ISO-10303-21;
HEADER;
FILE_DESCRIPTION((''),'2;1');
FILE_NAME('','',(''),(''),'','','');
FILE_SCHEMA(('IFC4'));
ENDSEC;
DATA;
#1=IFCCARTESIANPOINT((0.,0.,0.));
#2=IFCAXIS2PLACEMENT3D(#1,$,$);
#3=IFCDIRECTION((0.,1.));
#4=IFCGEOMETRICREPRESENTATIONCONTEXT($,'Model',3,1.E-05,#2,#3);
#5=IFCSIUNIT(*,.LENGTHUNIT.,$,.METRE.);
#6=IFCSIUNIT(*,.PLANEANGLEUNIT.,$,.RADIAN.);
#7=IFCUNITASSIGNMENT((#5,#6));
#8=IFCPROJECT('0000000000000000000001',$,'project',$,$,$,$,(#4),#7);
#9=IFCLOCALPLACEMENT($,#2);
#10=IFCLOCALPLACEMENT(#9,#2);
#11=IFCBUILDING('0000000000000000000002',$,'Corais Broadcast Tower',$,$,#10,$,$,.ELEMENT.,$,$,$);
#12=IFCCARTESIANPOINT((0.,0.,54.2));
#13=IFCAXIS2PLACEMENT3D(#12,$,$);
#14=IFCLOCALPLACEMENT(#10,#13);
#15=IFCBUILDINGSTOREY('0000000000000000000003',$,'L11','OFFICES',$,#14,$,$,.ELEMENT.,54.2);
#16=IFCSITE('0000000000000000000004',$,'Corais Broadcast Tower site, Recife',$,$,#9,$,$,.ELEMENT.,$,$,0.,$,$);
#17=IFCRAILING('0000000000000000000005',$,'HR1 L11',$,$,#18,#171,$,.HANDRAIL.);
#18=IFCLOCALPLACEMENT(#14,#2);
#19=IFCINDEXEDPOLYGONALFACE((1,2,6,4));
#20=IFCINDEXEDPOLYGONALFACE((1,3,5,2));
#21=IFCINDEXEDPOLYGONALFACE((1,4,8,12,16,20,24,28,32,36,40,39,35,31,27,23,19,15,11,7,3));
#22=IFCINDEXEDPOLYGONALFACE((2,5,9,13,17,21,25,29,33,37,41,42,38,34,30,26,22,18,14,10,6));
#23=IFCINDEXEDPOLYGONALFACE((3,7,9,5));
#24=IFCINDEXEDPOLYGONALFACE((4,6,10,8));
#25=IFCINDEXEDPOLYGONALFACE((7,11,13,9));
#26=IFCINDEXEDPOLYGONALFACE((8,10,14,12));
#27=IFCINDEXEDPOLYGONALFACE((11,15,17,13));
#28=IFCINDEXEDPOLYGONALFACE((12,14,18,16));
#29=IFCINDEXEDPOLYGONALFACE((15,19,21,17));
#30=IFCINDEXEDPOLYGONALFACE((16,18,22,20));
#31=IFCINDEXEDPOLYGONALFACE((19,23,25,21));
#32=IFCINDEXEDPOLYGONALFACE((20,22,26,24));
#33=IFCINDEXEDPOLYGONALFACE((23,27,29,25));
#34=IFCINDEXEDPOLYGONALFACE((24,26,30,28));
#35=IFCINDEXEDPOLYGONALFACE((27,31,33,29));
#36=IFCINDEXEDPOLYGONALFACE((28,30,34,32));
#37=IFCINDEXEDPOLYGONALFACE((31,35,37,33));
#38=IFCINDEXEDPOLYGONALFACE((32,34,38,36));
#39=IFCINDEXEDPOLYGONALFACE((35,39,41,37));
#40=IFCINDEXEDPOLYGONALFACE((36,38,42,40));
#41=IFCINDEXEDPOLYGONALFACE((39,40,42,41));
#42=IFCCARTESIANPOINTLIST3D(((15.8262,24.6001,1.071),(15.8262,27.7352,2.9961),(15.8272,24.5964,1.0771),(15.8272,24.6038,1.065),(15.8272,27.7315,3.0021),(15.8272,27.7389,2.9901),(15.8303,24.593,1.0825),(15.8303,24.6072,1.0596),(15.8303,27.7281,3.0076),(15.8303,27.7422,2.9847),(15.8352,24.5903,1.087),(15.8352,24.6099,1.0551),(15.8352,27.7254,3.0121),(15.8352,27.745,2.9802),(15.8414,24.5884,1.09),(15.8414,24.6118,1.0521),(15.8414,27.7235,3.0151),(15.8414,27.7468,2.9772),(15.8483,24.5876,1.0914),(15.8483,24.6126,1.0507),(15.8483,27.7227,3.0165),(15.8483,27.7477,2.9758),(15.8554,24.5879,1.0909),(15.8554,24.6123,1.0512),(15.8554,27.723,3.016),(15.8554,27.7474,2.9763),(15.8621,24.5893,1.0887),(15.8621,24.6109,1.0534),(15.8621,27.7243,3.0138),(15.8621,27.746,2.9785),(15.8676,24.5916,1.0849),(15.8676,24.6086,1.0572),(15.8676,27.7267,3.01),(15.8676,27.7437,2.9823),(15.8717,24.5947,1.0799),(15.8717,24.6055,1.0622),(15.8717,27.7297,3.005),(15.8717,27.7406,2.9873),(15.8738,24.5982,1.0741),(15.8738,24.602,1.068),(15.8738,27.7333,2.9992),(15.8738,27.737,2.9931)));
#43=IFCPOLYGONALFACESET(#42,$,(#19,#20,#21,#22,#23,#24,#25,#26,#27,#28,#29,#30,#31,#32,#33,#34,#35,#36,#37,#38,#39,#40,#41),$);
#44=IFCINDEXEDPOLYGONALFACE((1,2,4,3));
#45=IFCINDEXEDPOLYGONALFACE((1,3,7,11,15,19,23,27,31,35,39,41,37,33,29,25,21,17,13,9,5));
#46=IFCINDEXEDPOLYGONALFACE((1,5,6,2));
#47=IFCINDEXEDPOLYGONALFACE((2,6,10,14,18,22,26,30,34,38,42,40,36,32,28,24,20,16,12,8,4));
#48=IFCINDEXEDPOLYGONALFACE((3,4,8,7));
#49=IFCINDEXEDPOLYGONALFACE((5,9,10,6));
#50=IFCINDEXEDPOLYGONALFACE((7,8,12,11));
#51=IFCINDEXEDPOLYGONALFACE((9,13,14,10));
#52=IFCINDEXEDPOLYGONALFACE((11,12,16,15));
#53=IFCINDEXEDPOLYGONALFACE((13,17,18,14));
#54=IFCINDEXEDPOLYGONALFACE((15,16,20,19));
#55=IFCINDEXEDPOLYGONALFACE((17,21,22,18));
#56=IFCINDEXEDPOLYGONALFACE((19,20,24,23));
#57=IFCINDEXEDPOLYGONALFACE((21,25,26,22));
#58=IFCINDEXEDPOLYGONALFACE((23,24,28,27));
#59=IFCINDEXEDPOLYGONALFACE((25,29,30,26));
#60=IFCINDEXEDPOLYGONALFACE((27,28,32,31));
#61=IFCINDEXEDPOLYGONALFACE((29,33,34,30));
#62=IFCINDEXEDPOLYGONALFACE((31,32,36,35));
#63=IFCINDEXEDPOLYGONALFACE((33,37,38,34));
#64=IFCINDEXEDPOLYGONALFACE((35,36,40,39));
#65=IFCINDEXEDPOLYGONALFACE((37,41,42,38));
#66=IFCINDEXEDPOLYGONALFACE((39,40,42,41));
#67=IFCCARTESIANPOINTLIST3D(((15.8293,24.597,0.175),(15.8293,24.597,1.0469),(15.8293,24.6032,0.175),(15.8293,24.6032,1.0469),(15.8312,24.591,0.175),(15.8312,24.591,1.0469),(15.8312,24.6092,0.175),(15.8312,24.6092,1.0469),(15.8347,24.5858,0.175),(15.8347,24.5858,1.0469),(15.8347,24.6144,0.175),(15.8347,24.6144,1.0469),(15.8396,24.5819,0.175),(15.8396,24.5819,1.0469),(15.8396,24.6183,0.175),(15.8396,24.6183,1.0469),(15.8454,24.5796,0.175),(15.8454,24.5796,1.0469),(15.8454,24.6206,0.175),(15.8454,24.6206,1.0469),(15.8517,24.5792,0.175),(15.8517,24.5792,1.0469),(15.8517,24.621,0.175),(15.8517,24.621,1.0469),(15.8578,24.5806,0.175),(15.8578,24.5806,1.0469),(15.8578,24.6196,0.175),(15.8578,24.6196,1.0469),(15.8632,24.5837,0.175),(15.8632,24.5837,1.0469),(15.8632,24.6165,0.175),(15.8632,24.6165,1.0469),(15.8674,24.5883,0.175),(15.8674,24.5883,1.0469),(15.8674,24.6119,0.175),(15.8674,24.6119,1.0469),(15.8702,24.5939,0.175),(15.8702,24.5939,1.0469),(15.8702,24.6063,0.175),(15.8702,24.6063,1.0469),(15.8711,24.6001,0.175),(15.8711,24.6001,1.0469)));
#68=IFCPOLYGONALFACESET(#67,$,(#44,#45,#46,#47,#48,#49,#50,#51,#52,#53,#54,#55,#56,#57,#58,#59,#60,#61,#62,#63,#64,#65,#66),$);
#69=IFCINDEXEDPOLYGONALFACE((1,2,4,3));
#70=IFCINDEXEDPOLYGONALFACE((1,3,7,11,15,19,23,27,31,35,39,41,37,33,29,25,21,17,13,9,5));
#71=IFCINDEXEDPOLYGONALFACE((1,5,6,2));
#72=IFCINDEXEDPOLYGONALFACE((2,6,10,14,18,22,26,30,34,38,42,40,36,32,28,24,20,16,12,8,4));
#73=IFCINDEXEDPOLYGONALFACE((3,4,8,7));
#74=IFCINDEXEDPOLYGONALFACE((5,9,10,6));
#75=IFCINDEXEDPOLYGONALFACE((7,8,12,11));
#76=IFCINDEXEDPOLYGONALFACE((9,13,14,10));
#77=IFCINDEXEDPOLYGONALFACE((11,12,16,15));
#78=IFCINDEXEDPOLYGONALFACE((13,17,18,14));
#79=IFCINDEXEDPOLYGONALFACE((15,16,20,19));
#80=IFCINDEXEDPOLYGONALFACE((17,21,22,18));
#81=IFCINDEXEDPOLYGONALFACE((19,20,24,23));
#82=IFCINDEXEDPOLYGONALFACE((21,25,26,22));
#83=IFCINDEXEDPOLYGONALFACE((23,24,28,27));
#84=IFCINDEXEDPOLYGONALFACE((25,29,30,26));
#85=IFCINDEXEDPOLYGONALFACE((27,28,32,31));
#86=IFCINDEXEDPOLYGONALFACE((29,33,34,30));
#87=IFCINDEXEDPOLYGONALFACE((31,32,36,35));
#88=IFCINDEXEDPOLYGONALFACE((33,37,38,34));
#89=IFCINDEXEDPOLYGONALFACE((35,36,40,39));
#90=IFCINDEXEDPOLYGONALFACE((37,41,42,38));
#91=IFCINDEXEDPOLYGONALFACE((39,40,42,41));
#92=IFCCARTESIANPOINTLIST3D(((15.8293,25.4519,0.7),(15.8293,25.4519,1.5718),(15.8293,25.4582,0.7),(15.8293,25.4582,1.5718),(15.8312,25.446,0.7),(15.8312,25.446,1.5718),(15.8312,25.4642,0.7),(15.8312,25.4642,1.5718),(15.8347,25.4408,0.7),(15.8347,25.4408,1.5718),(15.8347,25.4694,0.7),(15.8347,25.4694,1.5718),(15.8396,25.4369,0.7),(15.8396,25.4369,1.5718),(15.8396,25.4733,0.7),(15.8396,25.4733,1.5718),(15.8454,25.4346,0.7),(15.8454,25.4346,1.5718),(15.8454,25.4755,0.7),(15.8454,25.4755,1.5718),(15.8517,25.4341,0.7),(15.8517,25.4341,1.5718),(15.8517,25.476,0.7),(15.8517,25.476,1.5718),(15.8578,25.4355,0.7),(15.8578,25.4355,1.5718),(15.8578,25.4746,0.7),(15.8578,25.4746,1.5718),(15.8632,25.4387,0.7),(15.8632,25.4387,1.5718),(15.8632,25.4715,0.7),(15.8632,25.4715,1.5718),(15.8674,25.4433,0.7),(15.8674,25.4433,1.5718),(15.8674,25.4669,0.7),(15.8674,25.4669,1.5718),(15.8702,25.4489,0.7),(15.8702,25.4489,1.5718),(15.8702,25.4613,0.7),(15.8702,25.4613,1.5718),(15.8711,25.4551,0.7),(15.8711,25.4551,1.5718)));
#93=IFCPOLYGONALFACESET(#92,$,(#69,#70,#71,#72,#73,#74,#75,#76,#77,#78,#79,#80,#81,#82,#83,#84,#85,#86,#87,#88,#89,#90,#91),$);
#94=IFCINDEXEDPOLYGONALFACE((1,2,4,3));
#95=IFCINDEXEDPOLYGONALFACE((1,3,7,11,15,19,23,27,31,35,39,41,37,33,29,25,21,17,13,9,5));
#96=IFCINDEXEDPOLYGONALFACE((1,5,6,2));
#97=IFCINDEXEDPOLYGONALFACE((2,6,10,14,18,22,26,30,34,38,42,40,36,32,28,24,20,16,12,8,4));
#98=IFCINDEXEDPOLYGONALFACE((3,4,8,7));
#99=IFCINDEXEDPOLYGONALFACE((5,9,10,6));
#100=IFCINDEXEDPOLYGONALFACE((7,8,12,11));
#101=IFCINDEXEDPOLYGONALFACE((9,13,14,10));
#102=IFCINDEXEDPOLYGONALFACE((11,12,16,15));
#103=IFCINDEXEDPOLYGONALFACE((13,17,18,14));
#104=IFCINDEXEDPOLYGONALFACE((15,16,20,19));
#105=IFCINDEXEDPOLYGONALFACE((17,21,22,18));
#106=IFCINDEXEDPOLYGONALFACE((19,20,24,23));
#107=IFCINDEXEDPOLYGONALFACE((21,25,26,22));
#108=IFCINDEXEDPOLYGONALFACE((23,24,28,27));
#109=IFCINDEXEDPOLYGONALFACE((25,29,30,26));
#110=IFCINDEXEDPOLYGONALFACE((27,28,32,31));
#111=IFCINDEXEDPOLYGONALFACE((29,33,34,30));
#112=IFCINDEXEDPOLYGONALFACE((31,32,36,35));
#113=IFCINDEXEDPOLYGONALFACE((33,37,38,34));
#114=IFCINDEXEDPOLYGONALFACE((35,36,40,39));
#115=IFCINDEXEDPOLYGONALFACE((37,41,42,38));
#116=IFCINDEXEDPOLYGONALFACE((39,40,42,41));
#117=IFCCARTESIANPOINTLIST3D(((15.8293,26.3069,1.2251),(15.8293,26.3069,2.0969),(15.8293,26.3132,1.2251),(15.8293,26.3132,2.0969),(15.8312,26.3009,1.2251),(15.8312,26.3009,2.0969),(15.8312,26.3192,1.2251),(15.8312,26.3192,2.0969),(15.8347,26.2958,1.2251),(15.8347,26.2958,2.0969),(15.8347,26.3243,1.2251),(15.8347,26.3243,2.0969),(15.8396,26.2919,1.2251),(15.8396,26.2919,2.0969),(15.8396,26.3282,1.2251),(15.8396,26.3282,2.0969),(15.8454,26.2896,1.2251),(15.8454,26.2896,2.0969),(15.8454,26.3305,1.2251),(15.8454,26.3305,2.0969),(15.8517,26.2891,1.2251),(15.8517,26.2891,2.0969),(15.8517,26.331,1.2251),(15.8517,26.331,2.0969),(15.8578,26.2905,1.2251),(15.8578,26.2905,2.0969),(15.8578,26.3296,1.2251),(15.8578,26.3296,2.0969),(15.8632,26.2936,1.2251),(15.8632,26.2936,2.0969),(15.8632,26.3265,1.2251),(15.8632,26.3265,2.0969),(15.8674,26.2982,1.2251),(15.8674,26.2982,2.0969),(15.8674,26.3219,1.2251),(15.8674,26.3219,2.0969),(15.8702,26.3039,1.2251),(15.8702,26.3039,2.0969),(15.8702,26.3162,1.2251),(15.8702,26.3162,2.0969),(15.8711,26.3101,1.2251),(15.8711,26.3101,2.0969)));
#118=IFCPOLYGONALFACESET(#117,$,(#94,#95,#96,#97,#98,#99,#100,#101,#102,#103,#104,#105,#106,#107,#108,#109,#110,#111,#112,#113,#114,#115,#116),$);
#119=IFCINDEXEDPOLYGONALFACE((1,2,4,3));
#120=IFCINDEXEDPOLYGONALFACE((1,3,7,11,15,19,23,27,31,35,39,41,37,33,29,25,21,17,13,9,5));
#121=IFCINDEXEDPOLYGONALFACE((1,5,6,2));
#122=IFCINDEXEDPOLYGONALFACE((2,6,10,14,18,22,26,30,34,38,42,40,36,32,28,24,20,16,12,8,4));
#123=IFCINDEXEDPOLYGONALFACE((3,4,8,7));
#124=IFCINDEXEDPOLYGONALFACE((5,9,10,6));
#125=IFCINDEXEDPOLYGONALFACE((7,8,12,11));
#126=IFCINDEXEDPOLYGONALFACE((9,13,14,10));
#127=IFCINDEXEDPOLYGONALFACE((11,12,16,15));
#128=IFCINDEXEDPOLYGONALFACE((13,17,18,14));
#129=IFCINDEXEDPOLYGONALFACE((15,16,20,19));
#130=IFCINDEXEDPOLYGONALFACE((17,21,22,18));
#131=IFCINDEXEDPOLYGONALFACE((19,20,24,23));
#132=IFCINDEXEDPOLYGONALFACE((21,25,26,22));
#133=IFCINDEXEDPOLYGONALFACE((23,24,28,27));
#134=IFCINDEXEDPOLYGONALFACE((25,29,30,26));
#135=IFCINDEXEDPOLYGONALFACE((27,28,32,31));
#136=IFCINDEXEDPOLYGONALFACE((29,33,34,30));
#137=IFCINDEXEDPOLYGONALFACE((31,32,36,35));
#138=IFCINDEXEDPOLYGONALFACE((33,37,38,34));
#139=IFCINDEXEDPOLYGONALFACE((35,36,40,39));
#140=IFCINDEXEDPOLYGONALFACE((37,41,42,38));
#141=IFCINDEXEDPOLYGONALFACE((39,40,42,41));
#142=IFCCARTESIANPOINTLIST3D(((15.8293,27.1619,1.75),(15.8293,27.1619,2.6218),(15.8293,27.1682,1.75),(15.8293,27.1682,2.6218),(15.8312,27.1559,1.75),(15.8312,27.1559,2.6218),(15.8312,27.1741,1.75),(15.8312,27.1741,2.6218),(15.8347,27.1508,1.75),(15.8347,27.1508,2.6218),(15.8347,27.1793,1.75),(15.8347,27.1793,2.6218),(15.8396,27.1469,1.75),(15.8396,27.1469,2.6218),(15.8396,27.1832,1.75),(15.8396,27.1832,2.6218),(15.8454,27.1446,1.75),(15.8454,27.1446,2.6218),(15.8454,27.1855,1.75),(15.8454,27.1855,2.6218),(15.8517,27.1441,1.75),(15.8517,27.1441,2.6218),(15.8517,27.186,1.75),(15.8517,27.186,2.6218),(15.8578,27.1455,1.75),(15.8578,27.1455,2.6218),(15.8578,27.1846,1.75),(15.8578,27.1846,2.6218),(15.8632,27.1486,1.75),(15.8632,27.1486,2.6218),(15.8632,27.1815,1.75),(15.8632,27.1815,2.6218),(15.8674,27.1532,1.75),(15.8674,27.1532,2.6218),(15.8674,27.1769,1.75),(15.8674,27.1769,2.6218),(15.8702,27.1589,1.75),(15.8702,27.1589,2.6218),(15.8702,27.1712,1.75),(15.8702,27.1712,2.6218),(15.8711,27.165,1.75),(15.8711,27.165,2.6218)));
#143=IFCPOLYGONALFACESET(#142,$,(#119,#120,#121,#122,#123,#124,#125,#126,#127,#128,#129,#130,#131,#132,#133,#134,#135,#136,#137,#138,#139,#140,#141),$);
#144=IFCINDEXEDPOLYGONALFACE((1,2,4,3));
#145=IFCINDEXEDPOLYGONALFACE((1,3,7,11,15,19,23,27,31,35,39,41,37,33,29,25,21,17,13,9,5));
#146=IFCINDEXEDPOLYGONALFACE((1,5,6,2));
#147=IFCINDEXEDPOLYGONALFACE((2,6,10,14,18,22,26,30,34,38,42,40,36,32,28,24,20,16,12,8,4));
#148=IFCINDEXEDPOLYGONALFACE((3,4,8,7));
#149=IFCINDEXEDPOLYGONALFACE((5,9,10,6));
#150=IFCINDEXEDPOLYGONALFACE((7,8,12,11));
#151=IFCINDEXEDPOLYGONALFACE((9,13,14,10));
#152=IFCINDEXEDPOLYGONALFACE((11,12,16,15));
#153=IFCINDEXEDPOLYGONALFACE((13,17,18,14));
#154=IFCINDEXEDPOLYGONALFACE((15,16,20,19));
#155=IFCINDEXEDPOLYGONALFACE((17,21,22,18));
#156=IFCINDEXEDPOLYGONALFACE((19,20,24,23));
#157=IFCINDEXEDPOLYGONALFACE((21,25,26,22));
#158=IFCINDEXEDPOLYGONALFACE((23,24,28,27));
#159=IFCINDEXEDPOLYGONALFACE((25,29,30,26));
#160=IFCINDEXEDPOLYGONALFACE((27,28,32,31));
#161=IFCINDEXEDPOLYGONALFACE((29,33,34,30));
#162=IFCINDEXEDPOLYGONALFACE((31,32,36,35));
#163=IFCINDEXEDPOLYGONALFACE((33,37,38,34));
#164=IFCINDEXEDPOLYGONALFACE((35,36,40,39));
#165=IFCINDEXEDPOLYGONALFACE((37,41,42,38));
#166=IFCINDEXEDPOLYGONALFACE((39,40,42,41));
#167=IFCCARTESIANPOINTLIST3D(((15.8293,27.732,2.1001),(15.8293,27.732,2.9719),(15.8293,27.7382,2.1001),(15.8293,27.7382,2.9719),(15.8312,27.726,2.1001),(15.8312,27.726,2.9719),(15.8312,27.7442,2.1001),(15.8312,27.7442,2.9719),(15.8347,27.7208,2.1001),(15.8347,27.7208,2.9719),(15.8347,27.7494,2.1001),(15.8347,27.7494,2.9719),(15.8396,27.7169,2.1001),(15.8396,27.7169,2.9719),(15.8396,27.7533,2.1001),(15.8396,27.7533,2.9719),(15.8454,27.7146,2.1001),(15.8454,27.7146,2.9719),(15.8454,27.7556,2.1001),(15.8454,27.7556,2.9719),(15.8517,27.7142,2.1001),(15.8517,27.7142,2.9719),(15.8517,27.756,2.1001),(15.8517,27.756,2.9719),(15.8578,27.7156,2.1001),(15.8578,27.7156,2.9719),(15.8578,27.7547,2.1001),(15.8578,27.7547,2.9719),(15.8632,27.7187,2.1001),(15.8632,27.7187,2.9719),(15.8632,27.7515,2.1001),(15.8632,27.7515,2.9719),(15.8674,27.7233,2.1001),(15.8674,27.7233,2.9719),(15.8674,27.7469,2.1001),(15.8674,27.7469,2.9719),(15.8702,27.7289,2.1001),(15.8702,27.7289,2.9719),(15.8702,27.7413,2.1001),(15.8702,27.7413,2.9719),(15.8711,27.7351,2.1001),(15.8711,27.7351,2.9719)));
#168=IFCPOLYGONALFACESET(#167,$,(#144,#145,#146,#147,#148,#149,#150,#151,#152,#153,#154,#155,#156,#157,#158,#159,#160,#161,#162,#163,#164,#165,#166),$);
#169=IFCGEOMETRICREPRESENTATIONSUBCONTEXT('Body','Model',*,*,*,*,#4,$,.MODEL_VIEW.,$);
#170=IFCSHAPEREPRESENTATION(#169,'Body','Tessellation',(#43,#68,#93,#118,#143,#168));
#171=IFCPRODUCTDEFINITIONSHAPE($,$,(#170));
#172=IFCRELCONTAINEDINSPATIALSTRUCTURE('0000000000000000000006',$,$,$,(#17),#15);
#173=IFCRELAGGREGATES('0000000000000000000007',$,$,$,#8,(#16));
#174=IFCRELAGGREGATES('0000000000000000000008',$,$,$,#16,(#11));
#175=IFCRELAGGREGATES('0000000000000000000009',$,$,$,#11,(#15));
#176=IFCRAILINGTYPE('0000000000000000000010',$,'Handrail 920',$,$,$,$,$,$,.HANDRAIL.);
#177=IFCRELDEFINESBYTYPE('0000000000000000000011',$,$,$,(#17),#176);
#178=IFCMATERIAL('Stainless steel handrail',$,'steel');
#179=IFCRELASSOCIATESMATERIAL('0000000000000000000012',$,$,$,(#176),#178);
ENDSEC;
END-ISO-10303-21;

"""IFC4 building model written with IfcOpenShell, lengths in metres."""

from ifc_helpers import new_model, si_unit, direction, frame, origin, origin_2d, place, context, subcontext, project, spatial, circle, extrude, material, type_object, element, save


model = new_model("IFC4")

# Units and contexts
model_context = context("Model", 3, precision=1e-05, world=origin(), true_north=direction((0.0, 1.0)))
body_context = subcontext(model_context, "Body", "Model", "MODEL_VIEW")
ifc_project = project(units=[si_unit("LENGTHUNIT", "METRE"), si_unit("PLANEANGLEUNIT", "RADIAN")], contexts=[model_context])

# Site, building, storey
site_placement = place(None, origin())
site = spatial("IfcSite", under=ifc_project, at=site_placement, Name="Corais Broadcast Tower site, Recife", CompositionType="ELEMENT", RefElevation=0.0)
building_placement = place(site_placement, origin())
building = spatial("IfcBuilding", under=site, at=building_placement, Name="Corais Broadcast Tower", CompositionType="ELEMENT")
storey_placement = place(building_placement, frame((0.0, 0.0, 54.2)))
storey = spatial("IfcBuildingStorey", under=building, at=storey_placement, Name="L11", Description="OFFICES", CompositionType="ELEMENT", Elevation=54.2)

# Railing
ifc_material_1 = material(Name="Stainless steel handrail", Category="steel")
railing_type = type_object("IfcRailingType", Name="Handrail 920", PredefinedType="HANDRAIL", material=ifc_material_1)
for number, where, name in (
    (1, (15.8501, 24.6001, 0.175), "HR1 L11"),
):
    element("IfcRailing", number, at=place(storey_placement, frame(where)), inside=storey, type_object=railing_type, Name=name, PredefinedType="HANDRAIL", context=body_context, shape_type="SweptSolid", body=[
        extrude(circle(Radius=0.0239, at=origin_2d()), frame((0.0, 0.0, 0.896), z_axis=(0.0, 0.852166, 0.523271), x_axis=(-1.0, 0.0, 0.0)), (0.0, 0.0, 1.0), 3.679),
        extrude(circle(Radius=0.021, at=origin_2d()), origin(), (0.0, 0.0, 1.0), 0.8718),
        extrude(circle(Radius=0.021, at=origin_2d()), frame((0.0, 0.855, 0.5249)), (0.0, 0.0, 1.0), 0.8718),
        extrude(circle(Radius=0.021, at=origin_2d()), frame((0.0, 1.71, 1.05)), (0.0, 0.0, 1.0), 0.8718),
        extrude(circle(Radius=0.021, at=origin_2d()), frame((0.0, 2.5649, 1.575)), (0.0, 0.0, 1.0), 0.8718),
        extrude(circle(Radius=0.021, at=origin_2d()), frame((0.0, 3.135, 1.925)), (0.0, 0.0, 1.0), 0.8718),
    ])

save(model, "model.ifc")
